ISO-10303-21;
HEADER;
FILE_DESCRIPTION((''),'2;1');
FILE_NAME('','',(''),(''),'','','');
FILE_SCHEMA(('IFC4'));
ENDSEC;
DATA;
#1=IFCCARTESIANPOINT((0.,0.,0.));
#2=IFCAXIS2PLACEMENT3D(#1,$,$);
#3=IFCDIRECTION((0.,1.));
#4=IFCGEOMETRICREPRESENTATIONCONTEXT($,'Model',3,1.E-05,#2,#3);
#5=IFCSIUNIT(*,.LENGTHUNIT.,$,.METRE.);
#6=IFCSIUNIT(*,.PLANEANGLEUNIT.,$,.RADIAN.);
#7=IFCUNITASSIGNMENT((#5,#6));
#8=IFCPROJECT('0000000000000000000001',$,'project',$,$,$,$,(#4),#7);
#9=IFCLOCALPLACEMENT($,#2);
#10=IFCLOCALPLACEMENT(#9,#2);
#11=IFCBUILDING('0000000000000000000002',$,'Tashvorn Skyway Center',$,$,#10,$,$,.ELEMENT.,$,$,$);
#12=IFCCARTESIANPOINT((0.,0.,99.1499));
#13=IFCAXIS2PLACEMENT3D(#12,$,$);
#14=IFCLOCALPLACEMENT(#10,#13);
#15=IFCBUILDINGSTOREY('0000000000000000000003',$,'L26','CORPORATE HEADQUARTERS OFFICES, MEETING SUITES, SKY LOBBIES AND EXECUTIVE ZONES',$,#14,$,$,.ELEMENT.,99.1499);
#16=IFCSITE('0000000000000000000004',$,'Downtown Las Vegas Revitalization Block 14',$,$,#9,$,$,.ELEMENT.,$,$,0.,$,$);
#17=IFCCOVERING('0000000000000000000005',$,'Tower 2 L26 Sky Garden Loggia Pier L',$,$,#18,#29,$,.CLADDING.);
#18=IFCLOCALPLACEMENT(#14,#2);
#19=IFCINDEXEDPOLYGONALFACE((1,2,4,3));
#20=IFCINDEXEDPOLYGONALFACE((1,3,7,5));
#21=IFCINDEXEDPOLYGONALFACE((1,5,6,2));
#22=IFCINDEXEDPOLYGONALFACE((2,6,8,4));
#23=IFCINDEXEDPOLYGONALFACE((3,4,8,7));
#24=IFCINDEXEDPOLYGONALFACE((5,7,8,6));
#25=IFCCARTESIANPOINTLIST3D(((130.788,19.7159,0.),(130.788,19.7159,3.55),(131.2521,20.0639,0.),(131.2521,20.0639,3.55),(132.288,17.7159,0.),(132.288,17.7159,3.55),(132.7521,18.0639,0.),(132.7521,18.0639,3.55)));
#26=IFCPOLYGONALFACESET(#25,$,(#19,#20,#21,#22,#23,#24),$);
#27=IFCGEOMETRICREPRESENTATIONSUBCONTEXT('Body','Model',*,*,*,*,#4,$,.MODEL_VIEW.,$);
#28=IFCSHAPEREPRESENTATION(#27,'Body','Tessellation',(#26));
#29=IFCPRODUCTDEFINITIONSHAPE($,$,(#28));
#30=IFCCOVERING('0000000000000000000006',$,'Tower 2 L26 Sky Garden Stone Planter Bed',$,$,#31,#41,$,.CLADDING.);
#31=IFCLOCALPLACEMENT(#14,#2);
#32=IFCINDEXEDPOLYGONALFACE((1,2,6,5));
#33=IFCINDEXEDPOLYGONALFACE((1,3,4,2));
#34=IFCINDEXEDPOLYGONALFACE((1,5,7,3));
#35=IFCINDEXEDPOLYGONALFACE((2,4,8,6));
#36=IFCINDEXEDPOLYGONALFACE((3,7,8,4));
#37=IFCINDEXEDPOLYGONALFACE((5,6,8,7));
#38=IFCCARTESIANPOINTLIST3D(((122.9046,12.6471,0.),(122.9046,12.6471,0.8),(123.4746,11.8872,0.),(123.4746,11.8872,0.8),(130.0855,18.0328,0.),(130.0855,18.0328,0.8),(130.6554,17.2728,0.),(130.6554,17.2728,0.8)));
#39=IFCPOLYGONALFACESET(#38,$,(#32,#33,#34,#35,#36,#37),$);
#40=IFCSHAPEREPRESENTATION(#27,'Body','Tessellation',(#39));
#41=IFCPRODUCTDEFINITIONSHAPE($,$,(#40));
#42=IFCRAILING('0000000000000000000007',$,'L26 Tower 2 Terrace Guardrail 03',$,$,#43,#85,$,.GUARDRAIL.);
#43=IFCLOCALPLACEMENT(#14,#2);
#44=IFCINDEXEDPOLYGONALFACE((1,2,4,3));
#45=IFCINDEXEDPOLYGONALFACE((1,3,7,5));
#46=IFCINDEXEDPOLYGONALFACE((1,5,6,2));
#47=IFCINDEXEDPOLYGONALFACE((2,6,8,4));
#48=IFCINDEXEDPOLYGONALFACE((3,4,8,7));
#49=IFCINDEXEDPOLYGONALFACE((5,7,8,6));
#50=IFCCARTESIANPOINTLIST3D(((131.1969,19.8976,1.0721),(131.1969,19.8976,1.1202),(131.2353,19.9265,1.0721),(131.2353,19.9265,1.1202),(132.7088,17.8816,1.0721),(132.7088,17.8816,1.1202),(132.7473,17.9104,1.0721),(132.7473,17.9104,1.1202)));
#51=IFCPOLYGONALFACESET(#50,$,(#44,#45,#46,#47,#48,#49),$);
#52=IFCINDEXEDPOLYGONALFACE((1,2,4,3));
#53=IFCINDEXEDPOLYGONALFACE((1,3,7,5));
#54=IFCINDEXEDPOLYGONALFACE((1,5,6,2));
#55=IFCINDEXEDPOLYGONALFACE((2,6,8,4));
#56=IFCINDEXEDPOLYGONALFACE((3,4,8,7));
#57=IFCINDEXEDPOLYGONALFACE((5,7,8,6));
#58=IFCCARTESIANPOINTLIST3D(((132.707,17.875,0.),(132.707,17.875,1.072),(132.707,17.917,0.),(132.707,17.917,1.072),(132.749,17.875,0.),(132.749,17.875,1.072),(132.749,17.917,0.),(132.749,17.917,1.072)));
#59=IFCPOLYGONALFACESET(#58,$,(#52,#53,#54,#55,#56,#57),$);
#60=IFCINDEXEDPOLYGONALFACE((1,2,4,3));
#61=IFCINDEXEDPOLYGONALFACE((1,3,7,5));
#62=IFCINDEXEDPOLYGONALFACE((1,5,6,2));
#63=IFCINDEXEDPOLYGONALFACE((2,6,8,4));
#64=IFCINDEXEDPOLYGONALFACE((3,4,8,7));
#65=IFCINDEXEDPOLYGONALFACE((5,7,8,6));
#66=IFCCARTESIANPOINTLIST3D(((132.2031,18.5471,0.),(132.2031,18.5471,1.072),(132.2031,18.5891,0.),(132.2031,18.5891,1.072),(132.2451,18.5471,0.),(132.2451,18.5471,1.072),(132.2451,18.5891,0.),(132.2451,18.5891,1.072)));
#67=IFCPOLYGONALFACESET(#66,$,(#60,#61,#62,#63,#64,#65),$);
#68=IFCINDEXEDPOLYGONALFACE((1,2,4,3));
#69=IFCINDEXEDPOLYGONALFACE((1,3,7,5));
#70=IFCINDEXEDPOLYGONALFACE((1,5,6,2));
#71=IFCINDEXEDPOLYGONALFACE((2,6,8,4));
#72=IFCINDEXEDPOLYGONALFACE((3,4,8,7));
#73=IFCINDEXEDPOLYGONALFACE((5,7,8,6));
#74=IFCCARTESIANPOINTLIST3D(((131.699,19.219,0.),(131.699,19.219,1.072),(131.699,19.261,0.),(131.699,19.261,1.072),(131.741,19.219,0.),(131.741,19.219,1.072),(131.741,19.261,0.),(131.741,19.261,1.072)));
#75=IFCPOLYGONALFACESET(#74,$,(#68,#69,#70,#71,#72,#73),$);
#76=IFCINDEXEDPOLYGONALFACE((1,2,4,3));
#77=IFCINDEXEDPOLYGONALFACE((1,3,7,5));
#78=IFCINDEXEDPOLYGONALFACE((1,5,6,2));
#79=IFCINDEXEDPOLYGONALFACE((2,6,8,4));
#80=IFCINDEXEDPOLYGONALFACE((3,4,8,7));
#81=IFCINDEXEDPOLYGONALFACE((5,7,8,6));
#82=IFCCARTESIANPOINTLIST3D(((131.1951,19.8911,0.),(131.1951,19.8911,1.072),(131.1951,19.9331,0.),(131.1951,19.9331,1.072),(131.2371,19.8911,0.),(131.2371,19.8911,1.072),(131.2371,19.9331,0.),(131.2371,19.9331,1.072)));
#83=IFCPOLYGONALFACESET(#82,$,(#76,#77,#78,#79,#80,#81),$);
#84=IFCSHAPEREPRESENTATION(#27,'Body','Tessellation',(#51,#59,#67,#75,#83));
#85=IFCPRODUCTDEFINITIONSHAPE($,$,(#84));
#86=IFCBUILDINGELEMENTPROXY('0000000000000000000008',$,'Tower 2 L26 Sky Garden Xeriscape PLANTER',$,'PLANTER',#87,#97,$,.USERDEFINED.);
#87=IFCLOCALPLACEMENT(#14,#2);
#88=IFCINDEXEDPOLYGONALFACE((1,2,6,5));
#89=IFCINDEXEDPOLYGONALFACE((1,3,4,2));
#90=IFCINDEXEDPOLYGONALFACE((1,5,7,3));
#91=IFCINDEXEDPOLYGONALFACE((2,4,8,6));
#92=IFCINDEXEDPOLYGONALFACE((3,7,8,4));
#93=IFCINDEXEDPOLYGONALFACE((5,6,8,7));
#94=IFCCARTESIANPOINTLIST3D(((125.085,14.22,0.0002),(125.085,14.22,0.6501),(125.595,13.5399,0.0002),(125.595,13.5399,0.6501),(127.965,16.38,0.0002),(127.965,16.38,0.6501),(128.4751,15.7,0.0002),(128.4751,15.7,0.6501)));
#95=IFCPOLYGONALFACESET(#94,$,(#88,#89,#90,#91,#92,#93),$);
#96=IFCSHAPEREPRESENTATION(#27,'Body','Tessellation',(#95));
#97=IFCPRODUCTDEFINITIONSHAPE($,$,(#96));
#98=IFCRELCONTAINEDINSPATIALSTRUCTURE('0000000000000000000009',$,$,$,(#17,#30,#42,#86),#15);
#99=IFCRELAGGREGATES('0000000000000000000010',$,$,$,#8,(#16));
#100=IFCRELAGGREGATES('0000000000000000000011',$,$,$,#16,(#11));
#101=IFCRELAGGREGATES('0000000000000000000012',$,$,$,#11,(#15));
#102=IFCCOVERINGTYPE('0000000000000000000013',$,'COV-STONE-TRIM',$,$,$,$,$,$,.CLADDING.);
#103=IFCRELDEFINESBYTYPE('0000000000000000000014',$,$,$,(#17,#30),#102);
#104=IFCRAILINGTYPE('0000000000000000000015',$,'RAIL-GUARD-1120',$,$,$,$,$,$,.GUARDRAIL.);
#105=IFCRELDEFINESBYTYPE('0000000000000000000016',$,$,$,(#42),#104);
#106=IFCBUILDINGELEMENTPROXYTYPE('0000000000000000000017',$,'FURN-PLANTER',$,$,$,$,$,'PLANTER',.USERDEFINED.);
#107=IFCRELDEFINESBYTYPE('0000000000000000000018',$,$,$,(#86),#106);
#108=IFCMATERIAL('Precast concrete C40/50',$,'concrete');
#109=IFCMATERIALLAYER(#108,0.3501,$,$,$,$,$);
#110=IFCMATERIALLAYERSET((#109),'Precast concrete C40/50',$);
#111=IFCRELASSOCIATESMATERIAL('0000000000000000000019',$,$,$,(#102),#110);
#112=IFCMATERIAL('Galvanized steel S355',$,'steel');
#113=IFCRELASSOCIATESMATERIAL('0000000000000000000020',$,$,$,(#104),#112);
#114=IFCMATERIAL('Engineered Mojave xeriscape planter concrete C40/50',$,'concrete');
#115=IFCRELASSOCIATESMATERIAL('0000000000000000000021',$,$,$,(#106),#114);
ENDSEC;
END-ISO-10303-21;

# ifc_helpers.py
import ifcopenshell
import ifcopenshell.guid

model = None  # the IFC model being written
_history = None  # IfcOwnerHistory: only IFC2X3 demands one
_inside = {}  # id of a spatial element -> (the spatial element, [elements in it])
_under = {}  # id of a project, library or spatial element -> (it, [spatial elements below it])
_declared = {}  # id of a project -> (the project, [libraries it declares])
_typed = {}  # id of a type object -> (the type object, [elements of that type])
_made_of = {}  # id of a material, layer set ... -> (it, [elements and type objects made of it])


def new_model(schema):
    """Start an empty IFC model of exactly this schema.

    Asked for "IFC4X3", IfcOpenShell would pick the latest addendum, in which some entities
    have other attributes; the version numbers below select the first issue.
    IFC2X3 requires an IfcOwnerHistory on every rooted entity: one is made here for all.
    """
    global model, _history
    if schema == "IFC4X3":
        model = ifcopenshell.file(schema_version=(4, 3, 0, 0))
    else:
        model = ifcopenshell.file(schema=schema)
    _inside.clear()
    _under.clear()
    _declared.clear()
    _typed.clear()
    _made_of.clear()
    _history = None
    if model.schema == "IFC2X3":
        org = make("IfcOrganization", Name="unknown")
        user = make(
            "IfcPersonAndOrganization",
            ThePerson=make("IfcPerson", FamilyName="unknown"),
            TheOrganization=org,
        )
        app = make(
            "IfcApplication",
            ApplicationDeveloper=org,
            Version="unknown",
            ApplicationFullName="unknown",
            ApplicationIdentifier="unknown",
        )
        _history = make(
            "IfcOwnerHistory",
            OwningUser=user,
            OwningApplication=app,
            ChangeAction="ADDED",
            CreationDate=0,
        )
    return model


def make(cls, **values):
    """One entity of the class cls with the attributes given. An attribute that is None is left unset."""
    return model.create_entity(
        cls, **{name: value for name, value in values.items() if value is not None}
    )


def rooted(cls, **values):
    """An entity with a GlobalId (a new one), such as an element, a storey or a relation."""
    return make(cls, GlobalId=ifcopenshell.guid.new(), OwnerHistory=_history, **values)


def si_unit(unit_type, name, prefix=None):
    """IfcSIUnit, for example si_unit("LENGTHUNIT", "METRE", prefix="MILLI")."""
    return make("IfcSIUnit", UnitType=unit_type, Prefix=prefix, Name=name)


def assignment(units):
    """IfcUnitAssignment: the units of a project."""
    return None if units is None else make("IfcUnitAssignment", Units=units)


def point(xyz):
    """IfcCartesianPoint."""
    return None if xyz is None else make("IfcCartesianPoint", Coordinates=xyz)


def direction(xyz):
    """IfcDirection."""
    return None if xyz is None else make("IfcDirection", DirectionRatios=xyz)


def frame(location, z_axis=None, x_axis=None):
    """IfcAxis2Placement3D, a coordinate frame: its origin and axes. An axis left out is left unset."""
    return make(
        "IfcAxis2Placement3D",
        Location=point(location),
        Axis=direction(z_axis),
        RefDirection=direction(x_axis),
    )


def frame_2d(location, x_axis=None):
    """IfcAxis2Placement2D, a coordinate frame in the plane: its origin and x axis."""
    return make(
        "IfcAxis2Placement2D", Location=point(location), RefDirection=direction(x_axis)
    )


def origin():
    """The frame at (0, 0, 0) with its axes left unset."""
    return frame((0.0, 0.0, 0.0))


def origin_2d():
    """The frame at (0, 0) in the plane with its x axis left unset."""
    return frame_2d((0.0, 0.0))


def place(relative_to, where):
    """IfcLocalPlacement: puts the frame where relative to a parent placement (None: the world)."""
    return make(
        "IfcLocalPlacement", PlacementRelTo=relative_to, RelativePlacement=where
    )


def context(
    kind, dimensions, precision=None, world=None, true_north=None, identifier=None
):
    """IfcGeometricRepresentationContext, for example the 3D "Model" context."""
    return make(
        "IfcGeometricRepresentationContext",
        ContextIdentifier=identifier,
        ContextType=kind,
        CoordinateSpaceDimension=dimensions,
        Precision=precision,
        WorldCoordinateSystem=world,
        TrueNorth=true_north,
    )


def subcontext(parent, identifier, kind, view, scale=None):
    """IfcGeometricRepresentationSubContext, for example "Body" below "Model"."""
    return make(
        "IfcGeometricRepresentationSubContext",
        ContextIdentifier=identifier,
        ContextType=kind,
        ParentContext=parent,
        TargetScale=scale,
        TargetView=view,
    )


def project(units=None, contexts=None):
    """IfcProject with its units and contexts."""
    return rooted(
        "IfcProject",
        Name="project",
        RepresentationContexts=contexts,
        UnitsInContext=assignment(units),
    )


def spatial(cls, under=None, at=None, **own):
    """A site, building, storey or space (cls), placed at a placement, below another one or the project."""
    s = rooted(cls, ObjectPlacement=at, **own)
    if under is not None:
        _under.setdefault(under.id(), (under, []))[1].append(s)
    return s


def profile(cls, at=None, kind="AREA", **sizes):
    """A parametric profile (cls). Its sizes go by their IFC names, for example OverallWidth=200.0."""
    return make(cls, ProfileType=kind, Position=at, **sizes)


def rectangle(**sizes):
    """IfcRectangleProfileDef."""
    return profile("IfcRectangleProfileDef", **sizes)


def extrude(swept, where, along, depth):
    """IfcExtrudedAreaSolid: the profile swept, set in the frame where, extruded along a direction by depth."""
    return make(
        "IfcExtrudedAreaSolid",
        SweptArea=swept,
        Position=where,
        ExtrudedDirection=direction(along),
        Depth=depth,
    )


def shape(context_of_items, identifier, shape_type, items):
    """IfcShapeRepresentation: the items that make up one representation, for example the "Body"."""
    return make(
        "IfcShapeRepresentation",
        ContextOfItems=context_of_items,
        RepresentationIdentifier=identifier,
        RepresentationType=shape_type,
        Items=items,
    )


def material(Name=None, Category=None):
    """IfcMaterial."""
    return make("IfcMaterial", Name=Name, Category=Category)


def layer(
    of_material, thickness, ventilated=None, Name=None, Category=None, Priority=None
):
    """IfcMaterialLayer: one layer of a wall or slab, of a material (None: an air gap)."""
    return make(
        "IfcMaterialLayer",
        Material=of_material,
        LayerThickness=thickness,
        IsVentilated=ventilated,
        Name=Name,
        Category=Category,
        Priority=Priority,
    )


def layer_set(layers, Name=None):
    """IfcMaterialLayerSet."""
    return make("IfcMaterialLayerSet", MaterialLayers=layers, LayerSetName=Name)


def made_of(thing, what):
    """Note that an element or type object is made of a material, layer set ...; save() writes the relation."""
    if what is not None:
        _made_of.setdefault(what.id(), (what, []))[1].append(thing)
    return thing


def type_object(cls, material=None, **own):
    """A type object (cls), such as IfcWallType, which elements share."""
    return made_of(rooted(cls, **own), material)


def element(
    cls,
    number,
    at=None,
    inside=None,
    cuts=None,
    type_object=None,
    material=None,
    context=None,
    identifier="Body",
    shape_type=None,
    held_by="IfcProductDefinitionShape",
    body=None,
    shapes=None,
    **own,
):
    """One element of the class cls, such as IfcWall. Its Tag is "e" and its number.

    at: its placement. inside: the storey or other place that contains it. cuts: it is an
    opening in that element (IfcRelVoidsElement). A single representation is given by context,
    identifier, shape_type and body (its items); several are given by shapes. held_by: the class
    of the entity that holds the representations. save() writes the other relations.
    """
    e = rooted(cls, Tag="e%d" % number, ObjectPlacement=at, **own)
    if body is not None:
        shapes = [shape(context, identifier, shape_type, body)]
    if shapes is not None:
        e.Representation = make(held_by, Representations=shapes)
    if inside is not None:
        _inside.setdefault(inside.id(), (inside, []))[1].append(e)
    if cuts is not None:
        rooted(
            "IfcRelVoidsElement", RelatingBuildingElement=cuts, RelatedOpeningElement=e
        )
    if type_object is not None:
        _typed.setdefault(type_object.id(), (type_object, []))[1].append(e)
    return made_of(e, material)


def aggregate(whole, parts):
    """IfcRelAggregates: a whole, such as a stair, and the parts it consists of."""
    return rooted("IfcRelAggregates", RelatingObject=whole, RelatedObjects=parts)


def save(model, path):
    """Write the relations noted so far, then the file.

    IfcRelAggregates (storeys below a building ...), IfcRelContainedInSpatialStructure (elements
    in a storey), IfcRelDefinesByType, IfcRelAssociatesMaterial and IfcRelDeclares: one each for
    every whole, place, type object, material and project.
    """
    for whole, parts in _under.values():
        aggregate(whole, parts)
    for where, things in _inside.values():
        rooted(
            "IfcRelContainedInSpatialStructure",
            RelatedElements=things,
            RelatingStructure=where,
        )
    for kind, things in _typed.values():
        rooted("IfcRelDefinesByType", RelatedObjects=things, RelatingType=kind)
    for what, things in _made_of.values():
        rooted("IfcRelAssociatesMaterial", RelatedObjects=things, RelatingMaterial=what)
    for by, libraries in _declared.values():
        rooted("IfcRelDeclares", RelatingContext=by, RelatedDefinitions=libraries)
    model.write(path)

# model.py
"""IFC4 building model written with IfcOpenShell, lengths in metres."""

from ifc_helpers import new_model, si_unit, direction, frame, origin, origin_2d, place, context, subcontext, project, spatial, rectangle, extrude, material, layer, layer_set, type_object, element, save


model = new_model("IFC4")

# Units and contexts
model_context = context("Model", 3, precision=1e-05, world=origin(), true_north=direction((0.0, 1.0)))
body_context = subcontext(model_context, "Body", "Model", "MODEL_VIEW")
ifc_project = project(units=[si_unit("LENGTHUNIT", "METRE"), si_unit("PLANEANGLEUNIT", "RADIAN")], contexts=[model_context])

# Site, building, storey
site_placement = place(None, origin())
site = spatial("IfcSite", under=ifc_project, at=site_placement, Name="Downtown Las Vegas Revitalization Block 14", CompositionType="ELEMENT", RefElevation=0.0)
building_placement = place(site_placement, origin())
building = spatial("IfcBuilding", under=site, at=building_placement, Name="Tashvorn Skyway Center", CompositionType="ELEMENT")
storey_placement = place(building_placement, frame((0.0, 0.0, 99.1499)))
storey = spatial("IfcBuildingStorey", under=building, at=storey_placement, Name="L26", Description="CORPORATE HEADQUARTERS OFFICES, MEETING SUITES, SKY LOBBIES AND EXECUTIVE ZONES", CompositionType="ELEMENT", Elevation=99.1499)

# Shared definitions
ifc_material_1 = material(Name="Precast concrete C40/50", Category="concrete")

# Coverings
ifc_layer_1 = layer(ifc_material_1, 0.3501)
ifc_layer_set_1 = layer_set([ifc_layer_1], Name="Precast concrete C40/50")
covering_type_1 = type_object("IfcCoveringType", Name="COV-STONE-TRIM", PredefinedType="CLADDING", material=ifc_layer_set_1)
covering_1_placement = place(storey_placement, frame((131.77, 18.8899, 0.0), z_axis=(0.0, 0.0, 1.0), x_axis=(-0.8, -0.6, 0.0)))
element("IfcCovering", 1, at=covering_1_placement, inside=storey, type_object=covering_type_1, Name="Tower 2 L26 Sky Garden Loggia Pier L", PredefinedType="CLADDING", context=body_context, shape_type="SweptSolid", body=[
    extrude(rectangle(XDim=0.5801, YDim=2.5, at=origin_2d()), origin(), (0.0, 0.0, 1.0), 3.55),
])
covering_2_placement = place(storey_placement, frame((126.78, 14.96, 0.0), z_axis=(0.0, 0.0, 1.0), x_axis=(-0.8, -0.6, 0.0)))
element("IfcCovering", 2, at=covering_2_placement, inside=storey, type_object=covering_type_1, Name="Tower 2 L26 Sky Garden Stone Planter Bed", PredefinedType="CLADDING", context=body_context, shape_type="SweptSolid", body=[
    extrude(rectangle(XDim=8.9761, YDim=0.95, at=origin_2d()), origin(), (0.0, 0.0, 1.0), 0.8),
])

# Railing
ifc_material_2 = material(Name="Galvanized steel S355", Category="steel")
railing_type = type_object("IfcRailingType", Name="RAIL-GUARD-1120", PredefinedType="GUARDRAIL", material=ifc_material_2)
railing_placement = place(storey_placement, frame((132.728, 17.896, 0.0)))
element("IfcRailing", 3, at=railing_placement, inside=storey, type_object=railing_type, Name="L26 Tower 2 Terrace Guardrail 03", PredefinedType="GUARDRAIL", context=body_context, shape_type="SweptSolid", body=[
    extrude(rectangle(XDim=0.0481, YDim=0.0481, at=origin_2d()), frame((0.0, 0.0, 1.0962), z_axis=(-0.599969, 0.800023, 0.0), x_axis=(-0.800023, -0.599969, 0.0)), (0.0, 0.0, 1.0), 2.52),
    extrude(rectangle(XDim=0.042, YDim=0.042, at=origin_2d()), origin(), (0.0, 0.0, 1.0), 1.072),
    extrude(rectangle(XDim=0.042, YDim=0.042, at=origin_2d()), frame((-0.5039, 0.6721, 0.0)), (0.0, 0.0, 1.0), 1.072),
    extrude(rectangle(XDim=0.042, YDim=0.042, at=origin_2d()), frame((-1.0081, 1.344, 0.0)), (0.0, 0.0, 1.0), 1.072),
    extrude(rectangle(XDim=0.042, YDim=0.042, at=origin_2d()), frame((-1.512, 2.0161, 0.0)), (0.0, 0.0, 1.0), 1.072),
])

# Building element proxy
ifc_material_3 = material(Name="Engineered Mojave xeriscape planter concrete C40/50", Category="concrete")
building_element_proxy_type = type_object("IfcBuildingElementProxyType", Name="FURN-PLANTER", ElementType="PLANTER", PredefinedType="USERDEFINED", material=ifc_material_3)
proxy_placement = place(storey_placement, frame((126.78, 14.96, 0.0002), z_axis=(0.0, 0.0, 1.0), x_axis=(-0.8, -0.6, 0.0)))
element("IfcBuildingElementProxy", 4, at=proxy_placement, inside=storey, type_object=building_element_proxy_type, Name="Tower 2 L26 Sky Garden Xeriscape PLANTER", ObjectType="PLANTER", PredefinedType="USERDEFINED", context=body_context, shape_type="SweptSolid", body=[
    extrude(rectangle(XDim=3.6001, YDim=0.8501, at=origin_2d()), origin(), (0.0, 0.0, 1.0), 0.6499),
])

save(model, "model.ifc")
